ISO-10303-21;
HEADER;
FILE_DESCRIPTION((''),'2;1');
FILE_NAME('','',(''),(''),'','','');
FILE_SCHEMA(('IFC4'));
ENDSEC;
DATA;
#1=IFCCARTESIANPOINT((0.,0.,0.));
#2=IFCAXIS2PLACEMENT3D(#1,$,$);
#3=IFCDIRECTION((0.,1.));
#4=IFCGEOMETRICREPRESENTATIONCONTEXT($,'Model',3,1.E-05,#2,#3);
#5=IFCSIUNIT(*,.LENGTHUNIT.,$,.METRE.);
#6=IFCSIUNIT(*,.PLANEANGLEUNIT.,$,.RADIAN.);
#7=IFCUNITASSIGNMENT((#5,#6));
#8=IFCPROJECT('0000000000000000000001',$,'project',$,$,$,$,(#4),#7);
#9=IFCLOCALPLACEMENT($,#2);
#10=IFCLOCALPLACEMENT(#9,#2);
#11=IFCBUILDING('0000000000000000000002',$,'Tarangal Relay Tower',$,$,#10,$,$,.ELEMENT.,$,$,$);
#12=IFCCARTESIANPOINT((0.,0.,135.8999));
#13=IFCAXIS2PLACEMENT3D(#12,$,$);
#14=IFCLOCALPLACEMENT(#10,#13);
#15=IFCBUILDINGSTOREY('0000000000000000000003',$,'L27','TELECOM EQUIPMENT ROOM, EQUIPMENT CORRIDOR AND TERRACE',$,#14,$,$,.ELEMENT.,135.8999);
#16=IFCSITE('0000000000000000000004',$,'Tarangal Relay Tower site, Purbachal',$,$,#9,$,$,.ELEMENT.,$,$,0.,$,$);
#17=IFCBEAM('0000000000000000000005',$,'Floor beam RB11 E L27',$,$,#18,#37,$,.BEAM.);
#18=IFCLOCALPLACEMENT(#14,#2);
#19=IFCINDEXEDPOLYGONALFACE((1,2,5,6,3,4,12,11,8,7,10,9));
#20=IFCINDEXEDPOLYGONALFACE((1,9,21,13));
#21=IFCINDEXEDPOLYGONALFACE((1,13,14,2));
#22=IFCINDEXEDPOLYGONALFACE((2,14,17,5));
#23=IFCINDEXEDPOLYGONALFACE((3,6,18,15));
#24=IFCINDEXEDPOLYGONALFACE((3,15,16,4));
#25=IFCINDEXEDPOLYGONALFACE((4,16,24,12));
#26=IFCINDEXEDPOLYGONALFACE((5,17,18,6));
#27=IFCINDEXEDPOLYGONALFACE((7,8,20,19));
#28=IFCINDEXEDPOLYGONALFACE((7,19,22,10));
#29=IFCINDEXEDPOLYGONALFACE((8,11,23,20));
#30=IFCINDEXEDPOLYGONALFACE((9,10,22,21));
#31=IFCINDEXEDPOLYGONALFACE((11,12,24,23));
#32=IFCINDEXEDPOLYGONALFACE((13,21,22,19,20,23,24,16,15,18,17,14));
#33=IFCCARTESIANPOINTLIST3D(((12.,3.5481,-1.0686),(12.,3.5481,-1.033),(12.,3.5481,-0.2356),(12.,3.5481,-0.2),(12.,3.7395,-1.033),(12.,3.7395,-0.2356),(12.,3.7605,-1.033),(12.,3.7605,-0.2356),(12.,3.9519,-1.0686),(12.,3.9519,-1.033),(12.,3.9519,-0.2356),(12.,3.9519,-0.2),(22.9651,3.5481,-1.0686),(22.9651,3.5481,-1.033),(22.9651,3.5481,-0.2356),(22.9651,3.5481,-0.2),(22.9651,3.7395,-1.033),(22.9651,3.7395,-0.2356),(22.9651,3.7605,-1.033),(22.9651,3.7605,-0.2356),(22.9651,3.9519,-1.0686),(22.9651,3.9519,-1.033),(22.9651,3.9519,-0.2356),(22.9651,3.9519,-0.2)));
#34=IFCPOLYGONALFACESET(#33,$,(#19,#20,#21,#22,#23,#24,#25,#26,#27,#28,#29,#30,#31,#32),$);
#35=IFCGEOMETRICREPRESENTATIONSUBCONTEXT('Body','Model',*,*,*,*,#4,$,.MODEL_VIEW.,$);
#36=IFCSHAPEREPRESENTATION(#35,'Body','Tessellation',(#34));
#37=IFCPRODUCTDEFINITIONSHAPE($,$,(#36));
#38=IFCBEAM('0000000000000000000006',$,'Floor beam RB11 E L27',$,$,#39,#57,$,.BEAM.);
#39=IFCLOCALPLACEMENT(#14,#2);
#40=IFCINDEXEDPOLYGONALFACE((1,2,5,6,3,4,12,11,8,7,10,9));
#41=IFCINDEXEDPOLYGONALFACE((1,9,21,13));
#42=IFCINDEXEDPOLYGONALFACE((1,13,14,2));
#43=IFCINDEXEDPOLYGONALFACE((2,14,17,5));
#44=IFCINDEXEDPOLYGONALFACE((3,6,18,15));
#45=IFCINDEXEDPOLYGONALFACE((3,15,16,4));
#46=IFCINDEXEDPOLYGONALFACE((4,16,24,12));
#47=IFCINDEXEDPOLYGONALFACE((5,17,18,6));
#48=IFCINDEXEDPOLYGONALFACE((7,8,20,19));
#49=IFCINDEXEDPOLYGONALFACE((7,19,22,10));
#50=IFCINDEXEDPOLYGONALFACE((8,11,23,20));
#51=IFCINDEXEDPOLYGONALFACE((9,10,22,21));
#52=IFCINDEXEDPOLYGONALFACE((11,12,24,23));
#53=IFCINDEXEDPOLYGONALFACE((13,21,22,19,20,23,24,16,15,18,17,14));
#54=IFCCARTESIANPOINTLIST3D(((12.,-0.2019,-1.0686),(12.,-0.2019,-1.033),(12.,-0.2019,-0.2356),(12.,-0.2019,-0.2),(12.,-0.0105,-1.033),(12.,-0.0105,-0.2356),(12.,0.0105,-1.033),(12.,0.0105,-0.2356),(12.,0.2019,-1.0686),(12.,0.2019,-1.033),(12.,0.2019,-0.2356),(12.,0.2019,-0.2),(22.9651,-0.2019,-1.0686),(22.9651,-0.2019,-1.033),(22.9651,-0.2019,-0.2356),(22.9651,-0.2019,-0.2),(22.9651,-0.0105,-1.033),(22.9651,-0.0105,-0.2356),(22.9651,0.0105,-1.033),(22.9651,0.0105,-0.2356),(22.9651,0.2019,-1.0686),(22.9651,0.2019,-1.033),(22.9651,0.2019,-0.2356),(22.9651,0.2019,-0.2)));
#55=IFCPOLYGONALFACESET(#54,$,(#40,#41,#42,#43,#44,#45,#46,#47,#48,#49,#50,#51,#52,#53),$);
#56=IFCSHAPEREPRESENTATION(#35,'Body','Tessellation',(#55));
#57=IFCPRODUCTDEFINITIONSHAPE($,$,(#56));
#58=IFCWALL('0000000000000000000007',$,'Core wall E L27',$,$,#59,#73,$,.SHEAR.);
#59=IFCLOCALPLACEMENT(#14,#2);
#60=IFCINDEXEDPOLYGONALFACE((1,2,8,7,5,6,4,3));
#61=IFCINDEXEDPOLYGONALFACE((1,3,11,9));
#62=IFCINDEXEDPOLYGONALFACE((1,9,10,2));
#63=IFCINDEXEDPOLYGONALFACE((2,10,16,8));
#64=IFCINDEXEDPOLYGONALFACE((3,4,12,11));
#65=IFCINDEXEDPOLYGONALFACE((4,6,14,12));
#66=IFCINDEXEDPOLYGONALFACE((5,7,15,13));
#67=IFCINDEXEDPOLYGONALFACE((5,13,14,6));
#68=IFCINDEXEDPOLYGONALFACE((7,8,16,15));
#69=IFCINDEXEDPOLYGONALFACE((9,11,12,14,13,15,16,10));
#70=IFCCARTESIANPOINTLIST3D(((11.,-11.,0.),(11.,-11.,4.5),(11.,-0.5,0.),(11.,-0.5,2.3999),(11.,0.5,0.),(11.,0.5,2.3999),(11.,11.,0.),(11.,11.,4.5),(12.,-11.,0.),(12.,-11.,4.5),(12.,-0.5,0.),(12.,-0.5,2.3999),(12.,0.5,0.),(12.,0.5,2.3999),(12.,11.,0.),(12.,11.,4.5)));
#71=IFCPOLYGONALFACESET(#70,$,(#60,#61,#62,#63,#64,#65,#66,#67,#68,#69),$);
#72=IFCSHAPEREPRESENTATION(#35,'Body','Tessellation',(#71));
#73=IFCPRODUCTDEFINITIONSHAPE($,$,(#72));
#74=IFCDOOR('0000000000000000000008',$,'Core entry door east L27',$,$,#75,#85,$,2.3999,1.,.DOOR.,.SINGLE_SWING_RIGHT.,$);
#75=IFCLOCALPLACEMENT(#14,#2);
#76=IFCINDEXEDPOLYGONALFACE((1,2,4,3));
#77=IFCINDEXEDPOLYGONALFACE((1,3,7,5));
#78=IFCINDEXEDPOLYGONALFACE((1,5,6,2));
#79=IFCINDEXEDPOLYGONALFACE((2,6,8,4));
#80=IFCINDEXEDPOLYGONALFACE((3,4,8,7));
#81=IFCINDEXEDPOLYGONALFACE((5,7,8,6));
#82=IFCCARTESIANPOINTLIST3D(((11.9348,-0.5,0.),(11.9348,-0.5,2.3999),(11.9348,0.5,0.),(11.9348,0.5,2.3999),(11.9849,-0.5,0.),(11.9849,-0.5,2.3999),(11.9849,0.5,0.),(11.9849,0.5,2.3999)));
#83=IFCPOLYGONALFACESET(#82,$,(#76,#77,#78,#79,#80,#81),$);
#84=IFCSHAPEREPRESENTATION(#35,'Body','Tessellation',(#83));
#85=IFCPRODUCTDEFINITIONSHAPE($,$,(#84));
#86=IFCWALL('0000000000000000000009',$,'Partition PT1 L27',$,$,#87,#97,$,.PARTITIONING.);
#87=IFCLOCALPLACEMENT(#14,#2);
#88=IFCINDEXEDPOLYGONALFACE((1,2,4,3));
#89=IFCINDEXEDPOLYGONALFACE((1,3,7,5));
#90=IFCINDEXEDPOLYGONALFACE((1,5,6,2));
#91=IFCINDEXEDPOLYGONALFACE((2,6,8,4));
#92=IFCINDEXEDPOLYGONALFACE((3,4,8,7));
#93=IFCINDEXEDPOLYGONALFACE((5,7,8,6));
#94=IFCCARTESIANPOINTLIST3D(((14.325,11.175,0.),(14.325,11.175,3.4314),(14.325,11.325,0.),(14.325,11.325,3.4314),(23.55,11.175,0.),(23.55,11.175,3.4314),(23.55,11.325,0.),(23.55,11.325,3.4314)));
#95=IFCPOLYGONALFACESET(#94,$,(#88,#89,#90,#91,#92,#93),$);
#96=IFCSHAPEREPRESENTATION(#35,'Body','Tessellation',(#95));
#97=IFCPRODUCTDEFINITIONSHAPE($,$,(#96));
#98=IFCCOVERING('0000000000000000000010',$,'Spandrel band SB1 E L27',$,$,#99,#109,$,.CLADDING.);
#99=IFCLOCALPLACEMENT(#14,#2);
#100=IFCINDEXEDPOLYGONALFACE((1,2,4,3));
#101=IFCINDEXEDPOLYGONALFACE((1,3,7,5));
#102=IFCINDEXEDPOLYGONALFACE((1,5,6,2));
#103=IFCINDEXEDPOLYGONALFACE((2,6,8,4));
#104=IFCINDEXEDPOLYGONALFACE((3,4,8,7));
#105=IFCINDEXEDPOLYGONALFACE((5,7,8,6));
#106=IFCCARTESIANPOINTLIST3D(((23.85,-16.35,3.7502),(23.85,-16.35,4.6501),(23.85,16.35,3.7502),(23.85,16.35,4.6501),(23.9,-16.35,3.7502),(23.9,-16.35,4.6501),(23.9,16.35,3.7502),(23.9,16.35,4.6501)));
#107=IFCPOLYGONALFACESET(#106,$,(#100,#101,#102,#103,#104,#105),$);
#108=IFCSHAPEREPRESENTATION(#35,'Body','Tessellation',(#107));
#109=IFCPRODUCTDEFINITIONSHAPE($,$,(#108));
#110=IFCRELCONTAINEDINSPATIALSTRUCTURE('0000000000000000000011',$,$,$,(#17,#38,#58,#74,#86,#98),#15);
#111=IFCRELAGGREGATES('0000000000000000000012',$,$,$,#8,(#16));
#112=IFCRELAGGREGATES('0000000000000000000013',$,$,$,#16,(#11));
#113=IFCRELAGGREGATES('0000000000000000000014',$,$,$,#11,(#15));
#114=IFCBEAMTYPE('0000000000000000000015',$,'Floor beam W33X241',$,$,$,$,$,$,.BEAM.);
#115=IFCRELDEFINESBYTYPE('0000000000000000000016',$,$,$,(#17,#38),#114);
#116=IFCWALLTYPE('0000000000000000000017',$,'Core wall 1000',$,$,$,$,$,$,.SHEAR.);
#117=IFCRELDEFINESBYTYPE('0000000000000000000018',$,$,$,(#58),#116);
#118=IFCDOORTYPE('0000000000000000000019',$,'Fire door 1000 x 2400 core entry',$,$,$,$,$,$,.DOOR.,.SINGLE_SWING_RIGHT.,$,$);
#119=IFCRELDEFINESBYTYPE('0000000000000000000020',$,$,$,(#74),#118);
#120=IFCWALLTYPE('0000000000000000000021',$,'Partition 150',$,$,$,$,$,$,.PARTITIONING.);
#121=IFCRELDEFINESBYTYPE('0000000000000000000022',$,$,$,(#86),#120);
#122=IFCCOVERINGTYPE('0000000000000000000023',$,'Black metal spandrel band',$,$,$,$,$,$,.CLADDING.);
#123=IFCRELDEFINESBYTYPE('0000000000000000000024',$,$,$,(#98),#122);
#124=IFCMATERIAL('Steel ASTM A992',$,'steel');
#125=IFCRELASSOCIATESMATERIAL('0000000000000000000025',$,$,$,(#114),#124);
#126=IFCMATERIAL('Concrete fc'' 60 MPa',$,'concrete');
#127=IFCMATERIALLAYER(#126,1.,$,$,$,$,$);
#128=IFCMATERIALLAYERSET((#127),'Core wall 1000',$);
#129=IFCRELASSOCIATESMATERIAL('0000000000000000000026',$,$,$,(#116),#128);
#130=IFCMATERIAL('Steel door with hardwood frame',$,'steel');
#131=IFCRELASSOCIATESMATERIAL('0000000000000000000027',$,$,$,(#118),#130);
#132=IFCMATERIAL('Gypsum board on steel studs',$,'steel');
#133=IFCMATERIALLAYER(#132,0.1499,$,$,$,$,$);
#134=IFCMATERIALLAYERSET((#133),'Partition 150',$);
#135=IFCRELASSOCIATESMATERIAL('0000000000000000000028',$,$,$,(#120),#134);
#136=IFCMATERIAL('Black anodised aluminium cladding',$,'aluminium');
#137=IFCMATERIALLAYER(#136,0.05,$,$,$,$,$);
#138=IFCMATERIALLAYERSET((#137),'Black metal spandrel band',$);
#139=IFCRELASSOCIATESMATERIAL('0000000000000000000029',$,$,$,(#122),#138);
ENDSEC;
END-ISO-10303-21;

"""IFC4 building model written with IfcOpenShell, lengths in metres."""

from ifc_helpers import new_model, si_unit, direction, frame, frame_2d, origin, origin_2d, place, context, subcontext, project, spatial, rectangle, i_section, extrude, material, layer, layer_set, material_profile, profile_set, type_object, element, fill, save


model = new_model("IFC4")

# Units and contexts
model_context = context("Model", 3, precision=1e-05, world=origin(), true_north=direction((0.0, 1.0)))
body_context = subcontext(model_context, "Body", "Model", "MODEL_VIEW")
ifc_project = project(units=[si_unit("LENGTHUNIT", "METRE"), si_unit("PLANEANGLEUNIT", "RADIAN")], contexts=[model_context])

# Site, building, storey
site_placement = place(None, origin())
site = spatial("IfcSite", under=ifc_project, at=site_placement, Name="Tarangal Relay Tower site, Purbachal", CompositionType="ELEMENT", RefElevation=0.0)
building_placement = place(site_placement, origin())
building = spatial("IfcBuilding", under=site, at=building_placement, Name="Tarangal Relay Tower", CompositionType="ELEMENT")
storey_placement = place(building_placement, frame((0.0, 0.0, 135.8999)))
storey = spatial("IfcBuildingStorey", under=building, at=storey_placement, Name="L27", Description="TELECOM EQUIPMENT ROOM, EQUIPMENT CORRIDOR AND TERRACE", CompositionType="ELEMENT", Elevation=135.8999)

# Beams
ifc_material_1 = material(Name="Steel ASTM A992", Category="steel")
ifc_material_profile_1 = material_profile(ifc_material_1, i_section(OverallWidth=0.4038, OverallDepth=0.8687, WebThickness=0.021, FlangeThickness=0.0356, at=origin_2d()), Name="W33X241")
ifc_profile_set_1 = profile_set([ifc_material_profile_1], Name="Steel ASTM A992")
beam_type_1 = type_object("IfcBeamType", Name="Floor beam W33X241", PredefinedType="BEAM", material=ifc_profile_set_1)
for number, where, z_axis, x_axis, name in (
    (1, (12.0, 3.75, -0.6343), (1.0, 0.0, 0.0), (0.0, 1.0, 0.0), "Floor beam RB11 E L27"),
    (2, (12.0, 0.0, -0.6343), (1.0, 0.0, 0.0), (0.0, 1.0, 0.0), "Floor beam RB11 E L27"),
):
    element("IfcBeam", number, at=place(storey_placement, frame(where, z_axis=z_axis, x_axis=x_axis)), inside=storey, type_object=beam_type_1, Name=name, PredefinedType="BEAM", context=body_context, shape_type="SweptSolid", body=[
        extrude(i_section(OverallWidth=0.4038, OverallDepth=0.8687, WebThickness=0.021, FlangeThickness=0.0356, at=origin_2d()), origin(), (0.0, 0.0, 1.0), 10.9651),
    ])

# Wall, opening, door
ifc_material_2 = material(Name="Concrete fc' 60 MPa", Category="concrete")
ifc_layer_1 = layer(ifc_material_2, 1.0)
ifc_layer_set_1 = layer_set([ifc_layer_1], Name="Core wall 1000")
wall_type_1 = type_object("IfcWallType", Name="Core wall 1000", PredefinedType="SHEAR", material=ifc_layer_set_1)
wall_1_placement = place(storey_placement, frame((11.5, 11.0, 0.0), z_axis=(0.0, 0.0, 1.0), x_axis=(0.0, -1.0, 0.0)))
wall_1 = element("IfcWall", 3, at=wall_1_placement, inside=storey, type_object=wall_type_1, Name="Core wall E L27", PredefinedType="SHEAR", context=body_context, shape_type="SweptSolid", body=[
    extrude(rectangle(XDim=22.0, YDim=1.0, at=frame_2d((11.0, 0.0))), origin(), (0.0, 0.0, 1.0), 4.5),
])
opening_placement = place(wall_1_placement, frame((10.5, 0.0, 0.0)))
opening = element("IfcOpeningElement", 4, at=opening_placement, cuts=wall_1, PredefinedType="OPENING", context=body_context, shape_type="SweptSolid", body=[
    extrude(rectangle(XDim=1.0, YDim=2.3999, at=frame_2d((0.5, 1.2))), frame((0.0, 0.51, 0.0), z_axis=(0.0, -1.0, 0.0), x_axis=(1.0, 0.0, 0.0)), (0.0, 0.0, 1.0), 1.02),
])
ifc_material_3 = material(Name="Steel door with hardwood frame", Category="steel")
door_type = type_object("IfcDoorType", Name="Fire door 1000 x 2400 core entry", OperationType="SINGLE_SWING_RIGHT", PredefinedType="DOOR", material=ifc_material_3)
door_placement = place(opening_placement, origin())
door = element("IfcDoor", 5, at=door_placement, inside=storey, type_object=door_type, Name="Core entry door east L27", OperationType="SINGLE_SWING_RIGHT", OverallHeight=2.3999, OverallWidth=1.0, PredefinedType="DOOR", context=body_context, shape_type="SweptSolid", body=[
    extrude(rectangle(XDim=1.0, YDim=2.3999, at=frame_2d((0.5, 1.2))), frame((0.0, 0.4849, 0.0), z_axis=(0.0, -1.0, 0.0), x_axis=(1.0, 0.0, 0.0)), (0.0, 0.0, 1.0), 0.05),
])
fill(opening, door)

# Wall
ifc_material_4 = material(Name="Gypsum board on steel studs", Category="steel")
ifc_layer_2 = layer(ifc_material_4, 0.1499)
ifc_layer_set_2 = layer_set([ifc_layer_2], Name="Partition 150")
wall_type_2 = type_object("IfcWallType", Name="Partition 150", PredefinedType="PARTITIONING", material=ifc_layer_set_2)
wall_2_placement = place(storey_placement, frame((14.325, 11.25, 0.0), z_axis=(0.0, 0.0, 1.0), x_axis=(1.0, 0.0, 0.0)))
element("IfcWall", 6, at=wall_2_placement, inside=storey, type_object=wall_type_2, Name="Partition PT1 L27", PredefinedType="PARTITIONING", context=body_context, shape_type="SweptSolid", body=[
    extrude(rectangle(XDim=9.2251, YDim=0.1499, at=frame_2d((4.6125, 0.0))), origin(), (0.0, 0.0, 1.0), 3.4314),
])

# Covering
ifc_material_5 = material(Name="Black anodised aluminium cladding", Category="aluminium")
ifc_layer_3 = layer(ifc_material_5, 0.05)
ifc_layer_set_3 = layer_set([ifc_layer_3], Name="Black metal spandrel band")
covering_type = type_object("IfcCoveringType", Name="Black metal spandrel band", PredefinedType="CLADDING", material=ifc_layer_set_3)
covering_placement = place(storey_placement, frame((23.875, 0.0, 3.7502), z_axis=(0.0, 0.0, 1.0), x_axis=(0.0, -1.0, 0.0)))
element("IfcCovering", 7, at=covering_placement, inside=storey, type_object=covering_type, Name="Spandrel band SB1 E L27", PredefinedType="CLADDING", context=body_context, shape_type="SweptSolid", body=[
    extrude(rectangle(XDim=32.7, YDim=0.05, at=origin_2d()), origin(), (0.0, 0.0, 1.0), 0.8999),
])

save(model, "model.ifc")
